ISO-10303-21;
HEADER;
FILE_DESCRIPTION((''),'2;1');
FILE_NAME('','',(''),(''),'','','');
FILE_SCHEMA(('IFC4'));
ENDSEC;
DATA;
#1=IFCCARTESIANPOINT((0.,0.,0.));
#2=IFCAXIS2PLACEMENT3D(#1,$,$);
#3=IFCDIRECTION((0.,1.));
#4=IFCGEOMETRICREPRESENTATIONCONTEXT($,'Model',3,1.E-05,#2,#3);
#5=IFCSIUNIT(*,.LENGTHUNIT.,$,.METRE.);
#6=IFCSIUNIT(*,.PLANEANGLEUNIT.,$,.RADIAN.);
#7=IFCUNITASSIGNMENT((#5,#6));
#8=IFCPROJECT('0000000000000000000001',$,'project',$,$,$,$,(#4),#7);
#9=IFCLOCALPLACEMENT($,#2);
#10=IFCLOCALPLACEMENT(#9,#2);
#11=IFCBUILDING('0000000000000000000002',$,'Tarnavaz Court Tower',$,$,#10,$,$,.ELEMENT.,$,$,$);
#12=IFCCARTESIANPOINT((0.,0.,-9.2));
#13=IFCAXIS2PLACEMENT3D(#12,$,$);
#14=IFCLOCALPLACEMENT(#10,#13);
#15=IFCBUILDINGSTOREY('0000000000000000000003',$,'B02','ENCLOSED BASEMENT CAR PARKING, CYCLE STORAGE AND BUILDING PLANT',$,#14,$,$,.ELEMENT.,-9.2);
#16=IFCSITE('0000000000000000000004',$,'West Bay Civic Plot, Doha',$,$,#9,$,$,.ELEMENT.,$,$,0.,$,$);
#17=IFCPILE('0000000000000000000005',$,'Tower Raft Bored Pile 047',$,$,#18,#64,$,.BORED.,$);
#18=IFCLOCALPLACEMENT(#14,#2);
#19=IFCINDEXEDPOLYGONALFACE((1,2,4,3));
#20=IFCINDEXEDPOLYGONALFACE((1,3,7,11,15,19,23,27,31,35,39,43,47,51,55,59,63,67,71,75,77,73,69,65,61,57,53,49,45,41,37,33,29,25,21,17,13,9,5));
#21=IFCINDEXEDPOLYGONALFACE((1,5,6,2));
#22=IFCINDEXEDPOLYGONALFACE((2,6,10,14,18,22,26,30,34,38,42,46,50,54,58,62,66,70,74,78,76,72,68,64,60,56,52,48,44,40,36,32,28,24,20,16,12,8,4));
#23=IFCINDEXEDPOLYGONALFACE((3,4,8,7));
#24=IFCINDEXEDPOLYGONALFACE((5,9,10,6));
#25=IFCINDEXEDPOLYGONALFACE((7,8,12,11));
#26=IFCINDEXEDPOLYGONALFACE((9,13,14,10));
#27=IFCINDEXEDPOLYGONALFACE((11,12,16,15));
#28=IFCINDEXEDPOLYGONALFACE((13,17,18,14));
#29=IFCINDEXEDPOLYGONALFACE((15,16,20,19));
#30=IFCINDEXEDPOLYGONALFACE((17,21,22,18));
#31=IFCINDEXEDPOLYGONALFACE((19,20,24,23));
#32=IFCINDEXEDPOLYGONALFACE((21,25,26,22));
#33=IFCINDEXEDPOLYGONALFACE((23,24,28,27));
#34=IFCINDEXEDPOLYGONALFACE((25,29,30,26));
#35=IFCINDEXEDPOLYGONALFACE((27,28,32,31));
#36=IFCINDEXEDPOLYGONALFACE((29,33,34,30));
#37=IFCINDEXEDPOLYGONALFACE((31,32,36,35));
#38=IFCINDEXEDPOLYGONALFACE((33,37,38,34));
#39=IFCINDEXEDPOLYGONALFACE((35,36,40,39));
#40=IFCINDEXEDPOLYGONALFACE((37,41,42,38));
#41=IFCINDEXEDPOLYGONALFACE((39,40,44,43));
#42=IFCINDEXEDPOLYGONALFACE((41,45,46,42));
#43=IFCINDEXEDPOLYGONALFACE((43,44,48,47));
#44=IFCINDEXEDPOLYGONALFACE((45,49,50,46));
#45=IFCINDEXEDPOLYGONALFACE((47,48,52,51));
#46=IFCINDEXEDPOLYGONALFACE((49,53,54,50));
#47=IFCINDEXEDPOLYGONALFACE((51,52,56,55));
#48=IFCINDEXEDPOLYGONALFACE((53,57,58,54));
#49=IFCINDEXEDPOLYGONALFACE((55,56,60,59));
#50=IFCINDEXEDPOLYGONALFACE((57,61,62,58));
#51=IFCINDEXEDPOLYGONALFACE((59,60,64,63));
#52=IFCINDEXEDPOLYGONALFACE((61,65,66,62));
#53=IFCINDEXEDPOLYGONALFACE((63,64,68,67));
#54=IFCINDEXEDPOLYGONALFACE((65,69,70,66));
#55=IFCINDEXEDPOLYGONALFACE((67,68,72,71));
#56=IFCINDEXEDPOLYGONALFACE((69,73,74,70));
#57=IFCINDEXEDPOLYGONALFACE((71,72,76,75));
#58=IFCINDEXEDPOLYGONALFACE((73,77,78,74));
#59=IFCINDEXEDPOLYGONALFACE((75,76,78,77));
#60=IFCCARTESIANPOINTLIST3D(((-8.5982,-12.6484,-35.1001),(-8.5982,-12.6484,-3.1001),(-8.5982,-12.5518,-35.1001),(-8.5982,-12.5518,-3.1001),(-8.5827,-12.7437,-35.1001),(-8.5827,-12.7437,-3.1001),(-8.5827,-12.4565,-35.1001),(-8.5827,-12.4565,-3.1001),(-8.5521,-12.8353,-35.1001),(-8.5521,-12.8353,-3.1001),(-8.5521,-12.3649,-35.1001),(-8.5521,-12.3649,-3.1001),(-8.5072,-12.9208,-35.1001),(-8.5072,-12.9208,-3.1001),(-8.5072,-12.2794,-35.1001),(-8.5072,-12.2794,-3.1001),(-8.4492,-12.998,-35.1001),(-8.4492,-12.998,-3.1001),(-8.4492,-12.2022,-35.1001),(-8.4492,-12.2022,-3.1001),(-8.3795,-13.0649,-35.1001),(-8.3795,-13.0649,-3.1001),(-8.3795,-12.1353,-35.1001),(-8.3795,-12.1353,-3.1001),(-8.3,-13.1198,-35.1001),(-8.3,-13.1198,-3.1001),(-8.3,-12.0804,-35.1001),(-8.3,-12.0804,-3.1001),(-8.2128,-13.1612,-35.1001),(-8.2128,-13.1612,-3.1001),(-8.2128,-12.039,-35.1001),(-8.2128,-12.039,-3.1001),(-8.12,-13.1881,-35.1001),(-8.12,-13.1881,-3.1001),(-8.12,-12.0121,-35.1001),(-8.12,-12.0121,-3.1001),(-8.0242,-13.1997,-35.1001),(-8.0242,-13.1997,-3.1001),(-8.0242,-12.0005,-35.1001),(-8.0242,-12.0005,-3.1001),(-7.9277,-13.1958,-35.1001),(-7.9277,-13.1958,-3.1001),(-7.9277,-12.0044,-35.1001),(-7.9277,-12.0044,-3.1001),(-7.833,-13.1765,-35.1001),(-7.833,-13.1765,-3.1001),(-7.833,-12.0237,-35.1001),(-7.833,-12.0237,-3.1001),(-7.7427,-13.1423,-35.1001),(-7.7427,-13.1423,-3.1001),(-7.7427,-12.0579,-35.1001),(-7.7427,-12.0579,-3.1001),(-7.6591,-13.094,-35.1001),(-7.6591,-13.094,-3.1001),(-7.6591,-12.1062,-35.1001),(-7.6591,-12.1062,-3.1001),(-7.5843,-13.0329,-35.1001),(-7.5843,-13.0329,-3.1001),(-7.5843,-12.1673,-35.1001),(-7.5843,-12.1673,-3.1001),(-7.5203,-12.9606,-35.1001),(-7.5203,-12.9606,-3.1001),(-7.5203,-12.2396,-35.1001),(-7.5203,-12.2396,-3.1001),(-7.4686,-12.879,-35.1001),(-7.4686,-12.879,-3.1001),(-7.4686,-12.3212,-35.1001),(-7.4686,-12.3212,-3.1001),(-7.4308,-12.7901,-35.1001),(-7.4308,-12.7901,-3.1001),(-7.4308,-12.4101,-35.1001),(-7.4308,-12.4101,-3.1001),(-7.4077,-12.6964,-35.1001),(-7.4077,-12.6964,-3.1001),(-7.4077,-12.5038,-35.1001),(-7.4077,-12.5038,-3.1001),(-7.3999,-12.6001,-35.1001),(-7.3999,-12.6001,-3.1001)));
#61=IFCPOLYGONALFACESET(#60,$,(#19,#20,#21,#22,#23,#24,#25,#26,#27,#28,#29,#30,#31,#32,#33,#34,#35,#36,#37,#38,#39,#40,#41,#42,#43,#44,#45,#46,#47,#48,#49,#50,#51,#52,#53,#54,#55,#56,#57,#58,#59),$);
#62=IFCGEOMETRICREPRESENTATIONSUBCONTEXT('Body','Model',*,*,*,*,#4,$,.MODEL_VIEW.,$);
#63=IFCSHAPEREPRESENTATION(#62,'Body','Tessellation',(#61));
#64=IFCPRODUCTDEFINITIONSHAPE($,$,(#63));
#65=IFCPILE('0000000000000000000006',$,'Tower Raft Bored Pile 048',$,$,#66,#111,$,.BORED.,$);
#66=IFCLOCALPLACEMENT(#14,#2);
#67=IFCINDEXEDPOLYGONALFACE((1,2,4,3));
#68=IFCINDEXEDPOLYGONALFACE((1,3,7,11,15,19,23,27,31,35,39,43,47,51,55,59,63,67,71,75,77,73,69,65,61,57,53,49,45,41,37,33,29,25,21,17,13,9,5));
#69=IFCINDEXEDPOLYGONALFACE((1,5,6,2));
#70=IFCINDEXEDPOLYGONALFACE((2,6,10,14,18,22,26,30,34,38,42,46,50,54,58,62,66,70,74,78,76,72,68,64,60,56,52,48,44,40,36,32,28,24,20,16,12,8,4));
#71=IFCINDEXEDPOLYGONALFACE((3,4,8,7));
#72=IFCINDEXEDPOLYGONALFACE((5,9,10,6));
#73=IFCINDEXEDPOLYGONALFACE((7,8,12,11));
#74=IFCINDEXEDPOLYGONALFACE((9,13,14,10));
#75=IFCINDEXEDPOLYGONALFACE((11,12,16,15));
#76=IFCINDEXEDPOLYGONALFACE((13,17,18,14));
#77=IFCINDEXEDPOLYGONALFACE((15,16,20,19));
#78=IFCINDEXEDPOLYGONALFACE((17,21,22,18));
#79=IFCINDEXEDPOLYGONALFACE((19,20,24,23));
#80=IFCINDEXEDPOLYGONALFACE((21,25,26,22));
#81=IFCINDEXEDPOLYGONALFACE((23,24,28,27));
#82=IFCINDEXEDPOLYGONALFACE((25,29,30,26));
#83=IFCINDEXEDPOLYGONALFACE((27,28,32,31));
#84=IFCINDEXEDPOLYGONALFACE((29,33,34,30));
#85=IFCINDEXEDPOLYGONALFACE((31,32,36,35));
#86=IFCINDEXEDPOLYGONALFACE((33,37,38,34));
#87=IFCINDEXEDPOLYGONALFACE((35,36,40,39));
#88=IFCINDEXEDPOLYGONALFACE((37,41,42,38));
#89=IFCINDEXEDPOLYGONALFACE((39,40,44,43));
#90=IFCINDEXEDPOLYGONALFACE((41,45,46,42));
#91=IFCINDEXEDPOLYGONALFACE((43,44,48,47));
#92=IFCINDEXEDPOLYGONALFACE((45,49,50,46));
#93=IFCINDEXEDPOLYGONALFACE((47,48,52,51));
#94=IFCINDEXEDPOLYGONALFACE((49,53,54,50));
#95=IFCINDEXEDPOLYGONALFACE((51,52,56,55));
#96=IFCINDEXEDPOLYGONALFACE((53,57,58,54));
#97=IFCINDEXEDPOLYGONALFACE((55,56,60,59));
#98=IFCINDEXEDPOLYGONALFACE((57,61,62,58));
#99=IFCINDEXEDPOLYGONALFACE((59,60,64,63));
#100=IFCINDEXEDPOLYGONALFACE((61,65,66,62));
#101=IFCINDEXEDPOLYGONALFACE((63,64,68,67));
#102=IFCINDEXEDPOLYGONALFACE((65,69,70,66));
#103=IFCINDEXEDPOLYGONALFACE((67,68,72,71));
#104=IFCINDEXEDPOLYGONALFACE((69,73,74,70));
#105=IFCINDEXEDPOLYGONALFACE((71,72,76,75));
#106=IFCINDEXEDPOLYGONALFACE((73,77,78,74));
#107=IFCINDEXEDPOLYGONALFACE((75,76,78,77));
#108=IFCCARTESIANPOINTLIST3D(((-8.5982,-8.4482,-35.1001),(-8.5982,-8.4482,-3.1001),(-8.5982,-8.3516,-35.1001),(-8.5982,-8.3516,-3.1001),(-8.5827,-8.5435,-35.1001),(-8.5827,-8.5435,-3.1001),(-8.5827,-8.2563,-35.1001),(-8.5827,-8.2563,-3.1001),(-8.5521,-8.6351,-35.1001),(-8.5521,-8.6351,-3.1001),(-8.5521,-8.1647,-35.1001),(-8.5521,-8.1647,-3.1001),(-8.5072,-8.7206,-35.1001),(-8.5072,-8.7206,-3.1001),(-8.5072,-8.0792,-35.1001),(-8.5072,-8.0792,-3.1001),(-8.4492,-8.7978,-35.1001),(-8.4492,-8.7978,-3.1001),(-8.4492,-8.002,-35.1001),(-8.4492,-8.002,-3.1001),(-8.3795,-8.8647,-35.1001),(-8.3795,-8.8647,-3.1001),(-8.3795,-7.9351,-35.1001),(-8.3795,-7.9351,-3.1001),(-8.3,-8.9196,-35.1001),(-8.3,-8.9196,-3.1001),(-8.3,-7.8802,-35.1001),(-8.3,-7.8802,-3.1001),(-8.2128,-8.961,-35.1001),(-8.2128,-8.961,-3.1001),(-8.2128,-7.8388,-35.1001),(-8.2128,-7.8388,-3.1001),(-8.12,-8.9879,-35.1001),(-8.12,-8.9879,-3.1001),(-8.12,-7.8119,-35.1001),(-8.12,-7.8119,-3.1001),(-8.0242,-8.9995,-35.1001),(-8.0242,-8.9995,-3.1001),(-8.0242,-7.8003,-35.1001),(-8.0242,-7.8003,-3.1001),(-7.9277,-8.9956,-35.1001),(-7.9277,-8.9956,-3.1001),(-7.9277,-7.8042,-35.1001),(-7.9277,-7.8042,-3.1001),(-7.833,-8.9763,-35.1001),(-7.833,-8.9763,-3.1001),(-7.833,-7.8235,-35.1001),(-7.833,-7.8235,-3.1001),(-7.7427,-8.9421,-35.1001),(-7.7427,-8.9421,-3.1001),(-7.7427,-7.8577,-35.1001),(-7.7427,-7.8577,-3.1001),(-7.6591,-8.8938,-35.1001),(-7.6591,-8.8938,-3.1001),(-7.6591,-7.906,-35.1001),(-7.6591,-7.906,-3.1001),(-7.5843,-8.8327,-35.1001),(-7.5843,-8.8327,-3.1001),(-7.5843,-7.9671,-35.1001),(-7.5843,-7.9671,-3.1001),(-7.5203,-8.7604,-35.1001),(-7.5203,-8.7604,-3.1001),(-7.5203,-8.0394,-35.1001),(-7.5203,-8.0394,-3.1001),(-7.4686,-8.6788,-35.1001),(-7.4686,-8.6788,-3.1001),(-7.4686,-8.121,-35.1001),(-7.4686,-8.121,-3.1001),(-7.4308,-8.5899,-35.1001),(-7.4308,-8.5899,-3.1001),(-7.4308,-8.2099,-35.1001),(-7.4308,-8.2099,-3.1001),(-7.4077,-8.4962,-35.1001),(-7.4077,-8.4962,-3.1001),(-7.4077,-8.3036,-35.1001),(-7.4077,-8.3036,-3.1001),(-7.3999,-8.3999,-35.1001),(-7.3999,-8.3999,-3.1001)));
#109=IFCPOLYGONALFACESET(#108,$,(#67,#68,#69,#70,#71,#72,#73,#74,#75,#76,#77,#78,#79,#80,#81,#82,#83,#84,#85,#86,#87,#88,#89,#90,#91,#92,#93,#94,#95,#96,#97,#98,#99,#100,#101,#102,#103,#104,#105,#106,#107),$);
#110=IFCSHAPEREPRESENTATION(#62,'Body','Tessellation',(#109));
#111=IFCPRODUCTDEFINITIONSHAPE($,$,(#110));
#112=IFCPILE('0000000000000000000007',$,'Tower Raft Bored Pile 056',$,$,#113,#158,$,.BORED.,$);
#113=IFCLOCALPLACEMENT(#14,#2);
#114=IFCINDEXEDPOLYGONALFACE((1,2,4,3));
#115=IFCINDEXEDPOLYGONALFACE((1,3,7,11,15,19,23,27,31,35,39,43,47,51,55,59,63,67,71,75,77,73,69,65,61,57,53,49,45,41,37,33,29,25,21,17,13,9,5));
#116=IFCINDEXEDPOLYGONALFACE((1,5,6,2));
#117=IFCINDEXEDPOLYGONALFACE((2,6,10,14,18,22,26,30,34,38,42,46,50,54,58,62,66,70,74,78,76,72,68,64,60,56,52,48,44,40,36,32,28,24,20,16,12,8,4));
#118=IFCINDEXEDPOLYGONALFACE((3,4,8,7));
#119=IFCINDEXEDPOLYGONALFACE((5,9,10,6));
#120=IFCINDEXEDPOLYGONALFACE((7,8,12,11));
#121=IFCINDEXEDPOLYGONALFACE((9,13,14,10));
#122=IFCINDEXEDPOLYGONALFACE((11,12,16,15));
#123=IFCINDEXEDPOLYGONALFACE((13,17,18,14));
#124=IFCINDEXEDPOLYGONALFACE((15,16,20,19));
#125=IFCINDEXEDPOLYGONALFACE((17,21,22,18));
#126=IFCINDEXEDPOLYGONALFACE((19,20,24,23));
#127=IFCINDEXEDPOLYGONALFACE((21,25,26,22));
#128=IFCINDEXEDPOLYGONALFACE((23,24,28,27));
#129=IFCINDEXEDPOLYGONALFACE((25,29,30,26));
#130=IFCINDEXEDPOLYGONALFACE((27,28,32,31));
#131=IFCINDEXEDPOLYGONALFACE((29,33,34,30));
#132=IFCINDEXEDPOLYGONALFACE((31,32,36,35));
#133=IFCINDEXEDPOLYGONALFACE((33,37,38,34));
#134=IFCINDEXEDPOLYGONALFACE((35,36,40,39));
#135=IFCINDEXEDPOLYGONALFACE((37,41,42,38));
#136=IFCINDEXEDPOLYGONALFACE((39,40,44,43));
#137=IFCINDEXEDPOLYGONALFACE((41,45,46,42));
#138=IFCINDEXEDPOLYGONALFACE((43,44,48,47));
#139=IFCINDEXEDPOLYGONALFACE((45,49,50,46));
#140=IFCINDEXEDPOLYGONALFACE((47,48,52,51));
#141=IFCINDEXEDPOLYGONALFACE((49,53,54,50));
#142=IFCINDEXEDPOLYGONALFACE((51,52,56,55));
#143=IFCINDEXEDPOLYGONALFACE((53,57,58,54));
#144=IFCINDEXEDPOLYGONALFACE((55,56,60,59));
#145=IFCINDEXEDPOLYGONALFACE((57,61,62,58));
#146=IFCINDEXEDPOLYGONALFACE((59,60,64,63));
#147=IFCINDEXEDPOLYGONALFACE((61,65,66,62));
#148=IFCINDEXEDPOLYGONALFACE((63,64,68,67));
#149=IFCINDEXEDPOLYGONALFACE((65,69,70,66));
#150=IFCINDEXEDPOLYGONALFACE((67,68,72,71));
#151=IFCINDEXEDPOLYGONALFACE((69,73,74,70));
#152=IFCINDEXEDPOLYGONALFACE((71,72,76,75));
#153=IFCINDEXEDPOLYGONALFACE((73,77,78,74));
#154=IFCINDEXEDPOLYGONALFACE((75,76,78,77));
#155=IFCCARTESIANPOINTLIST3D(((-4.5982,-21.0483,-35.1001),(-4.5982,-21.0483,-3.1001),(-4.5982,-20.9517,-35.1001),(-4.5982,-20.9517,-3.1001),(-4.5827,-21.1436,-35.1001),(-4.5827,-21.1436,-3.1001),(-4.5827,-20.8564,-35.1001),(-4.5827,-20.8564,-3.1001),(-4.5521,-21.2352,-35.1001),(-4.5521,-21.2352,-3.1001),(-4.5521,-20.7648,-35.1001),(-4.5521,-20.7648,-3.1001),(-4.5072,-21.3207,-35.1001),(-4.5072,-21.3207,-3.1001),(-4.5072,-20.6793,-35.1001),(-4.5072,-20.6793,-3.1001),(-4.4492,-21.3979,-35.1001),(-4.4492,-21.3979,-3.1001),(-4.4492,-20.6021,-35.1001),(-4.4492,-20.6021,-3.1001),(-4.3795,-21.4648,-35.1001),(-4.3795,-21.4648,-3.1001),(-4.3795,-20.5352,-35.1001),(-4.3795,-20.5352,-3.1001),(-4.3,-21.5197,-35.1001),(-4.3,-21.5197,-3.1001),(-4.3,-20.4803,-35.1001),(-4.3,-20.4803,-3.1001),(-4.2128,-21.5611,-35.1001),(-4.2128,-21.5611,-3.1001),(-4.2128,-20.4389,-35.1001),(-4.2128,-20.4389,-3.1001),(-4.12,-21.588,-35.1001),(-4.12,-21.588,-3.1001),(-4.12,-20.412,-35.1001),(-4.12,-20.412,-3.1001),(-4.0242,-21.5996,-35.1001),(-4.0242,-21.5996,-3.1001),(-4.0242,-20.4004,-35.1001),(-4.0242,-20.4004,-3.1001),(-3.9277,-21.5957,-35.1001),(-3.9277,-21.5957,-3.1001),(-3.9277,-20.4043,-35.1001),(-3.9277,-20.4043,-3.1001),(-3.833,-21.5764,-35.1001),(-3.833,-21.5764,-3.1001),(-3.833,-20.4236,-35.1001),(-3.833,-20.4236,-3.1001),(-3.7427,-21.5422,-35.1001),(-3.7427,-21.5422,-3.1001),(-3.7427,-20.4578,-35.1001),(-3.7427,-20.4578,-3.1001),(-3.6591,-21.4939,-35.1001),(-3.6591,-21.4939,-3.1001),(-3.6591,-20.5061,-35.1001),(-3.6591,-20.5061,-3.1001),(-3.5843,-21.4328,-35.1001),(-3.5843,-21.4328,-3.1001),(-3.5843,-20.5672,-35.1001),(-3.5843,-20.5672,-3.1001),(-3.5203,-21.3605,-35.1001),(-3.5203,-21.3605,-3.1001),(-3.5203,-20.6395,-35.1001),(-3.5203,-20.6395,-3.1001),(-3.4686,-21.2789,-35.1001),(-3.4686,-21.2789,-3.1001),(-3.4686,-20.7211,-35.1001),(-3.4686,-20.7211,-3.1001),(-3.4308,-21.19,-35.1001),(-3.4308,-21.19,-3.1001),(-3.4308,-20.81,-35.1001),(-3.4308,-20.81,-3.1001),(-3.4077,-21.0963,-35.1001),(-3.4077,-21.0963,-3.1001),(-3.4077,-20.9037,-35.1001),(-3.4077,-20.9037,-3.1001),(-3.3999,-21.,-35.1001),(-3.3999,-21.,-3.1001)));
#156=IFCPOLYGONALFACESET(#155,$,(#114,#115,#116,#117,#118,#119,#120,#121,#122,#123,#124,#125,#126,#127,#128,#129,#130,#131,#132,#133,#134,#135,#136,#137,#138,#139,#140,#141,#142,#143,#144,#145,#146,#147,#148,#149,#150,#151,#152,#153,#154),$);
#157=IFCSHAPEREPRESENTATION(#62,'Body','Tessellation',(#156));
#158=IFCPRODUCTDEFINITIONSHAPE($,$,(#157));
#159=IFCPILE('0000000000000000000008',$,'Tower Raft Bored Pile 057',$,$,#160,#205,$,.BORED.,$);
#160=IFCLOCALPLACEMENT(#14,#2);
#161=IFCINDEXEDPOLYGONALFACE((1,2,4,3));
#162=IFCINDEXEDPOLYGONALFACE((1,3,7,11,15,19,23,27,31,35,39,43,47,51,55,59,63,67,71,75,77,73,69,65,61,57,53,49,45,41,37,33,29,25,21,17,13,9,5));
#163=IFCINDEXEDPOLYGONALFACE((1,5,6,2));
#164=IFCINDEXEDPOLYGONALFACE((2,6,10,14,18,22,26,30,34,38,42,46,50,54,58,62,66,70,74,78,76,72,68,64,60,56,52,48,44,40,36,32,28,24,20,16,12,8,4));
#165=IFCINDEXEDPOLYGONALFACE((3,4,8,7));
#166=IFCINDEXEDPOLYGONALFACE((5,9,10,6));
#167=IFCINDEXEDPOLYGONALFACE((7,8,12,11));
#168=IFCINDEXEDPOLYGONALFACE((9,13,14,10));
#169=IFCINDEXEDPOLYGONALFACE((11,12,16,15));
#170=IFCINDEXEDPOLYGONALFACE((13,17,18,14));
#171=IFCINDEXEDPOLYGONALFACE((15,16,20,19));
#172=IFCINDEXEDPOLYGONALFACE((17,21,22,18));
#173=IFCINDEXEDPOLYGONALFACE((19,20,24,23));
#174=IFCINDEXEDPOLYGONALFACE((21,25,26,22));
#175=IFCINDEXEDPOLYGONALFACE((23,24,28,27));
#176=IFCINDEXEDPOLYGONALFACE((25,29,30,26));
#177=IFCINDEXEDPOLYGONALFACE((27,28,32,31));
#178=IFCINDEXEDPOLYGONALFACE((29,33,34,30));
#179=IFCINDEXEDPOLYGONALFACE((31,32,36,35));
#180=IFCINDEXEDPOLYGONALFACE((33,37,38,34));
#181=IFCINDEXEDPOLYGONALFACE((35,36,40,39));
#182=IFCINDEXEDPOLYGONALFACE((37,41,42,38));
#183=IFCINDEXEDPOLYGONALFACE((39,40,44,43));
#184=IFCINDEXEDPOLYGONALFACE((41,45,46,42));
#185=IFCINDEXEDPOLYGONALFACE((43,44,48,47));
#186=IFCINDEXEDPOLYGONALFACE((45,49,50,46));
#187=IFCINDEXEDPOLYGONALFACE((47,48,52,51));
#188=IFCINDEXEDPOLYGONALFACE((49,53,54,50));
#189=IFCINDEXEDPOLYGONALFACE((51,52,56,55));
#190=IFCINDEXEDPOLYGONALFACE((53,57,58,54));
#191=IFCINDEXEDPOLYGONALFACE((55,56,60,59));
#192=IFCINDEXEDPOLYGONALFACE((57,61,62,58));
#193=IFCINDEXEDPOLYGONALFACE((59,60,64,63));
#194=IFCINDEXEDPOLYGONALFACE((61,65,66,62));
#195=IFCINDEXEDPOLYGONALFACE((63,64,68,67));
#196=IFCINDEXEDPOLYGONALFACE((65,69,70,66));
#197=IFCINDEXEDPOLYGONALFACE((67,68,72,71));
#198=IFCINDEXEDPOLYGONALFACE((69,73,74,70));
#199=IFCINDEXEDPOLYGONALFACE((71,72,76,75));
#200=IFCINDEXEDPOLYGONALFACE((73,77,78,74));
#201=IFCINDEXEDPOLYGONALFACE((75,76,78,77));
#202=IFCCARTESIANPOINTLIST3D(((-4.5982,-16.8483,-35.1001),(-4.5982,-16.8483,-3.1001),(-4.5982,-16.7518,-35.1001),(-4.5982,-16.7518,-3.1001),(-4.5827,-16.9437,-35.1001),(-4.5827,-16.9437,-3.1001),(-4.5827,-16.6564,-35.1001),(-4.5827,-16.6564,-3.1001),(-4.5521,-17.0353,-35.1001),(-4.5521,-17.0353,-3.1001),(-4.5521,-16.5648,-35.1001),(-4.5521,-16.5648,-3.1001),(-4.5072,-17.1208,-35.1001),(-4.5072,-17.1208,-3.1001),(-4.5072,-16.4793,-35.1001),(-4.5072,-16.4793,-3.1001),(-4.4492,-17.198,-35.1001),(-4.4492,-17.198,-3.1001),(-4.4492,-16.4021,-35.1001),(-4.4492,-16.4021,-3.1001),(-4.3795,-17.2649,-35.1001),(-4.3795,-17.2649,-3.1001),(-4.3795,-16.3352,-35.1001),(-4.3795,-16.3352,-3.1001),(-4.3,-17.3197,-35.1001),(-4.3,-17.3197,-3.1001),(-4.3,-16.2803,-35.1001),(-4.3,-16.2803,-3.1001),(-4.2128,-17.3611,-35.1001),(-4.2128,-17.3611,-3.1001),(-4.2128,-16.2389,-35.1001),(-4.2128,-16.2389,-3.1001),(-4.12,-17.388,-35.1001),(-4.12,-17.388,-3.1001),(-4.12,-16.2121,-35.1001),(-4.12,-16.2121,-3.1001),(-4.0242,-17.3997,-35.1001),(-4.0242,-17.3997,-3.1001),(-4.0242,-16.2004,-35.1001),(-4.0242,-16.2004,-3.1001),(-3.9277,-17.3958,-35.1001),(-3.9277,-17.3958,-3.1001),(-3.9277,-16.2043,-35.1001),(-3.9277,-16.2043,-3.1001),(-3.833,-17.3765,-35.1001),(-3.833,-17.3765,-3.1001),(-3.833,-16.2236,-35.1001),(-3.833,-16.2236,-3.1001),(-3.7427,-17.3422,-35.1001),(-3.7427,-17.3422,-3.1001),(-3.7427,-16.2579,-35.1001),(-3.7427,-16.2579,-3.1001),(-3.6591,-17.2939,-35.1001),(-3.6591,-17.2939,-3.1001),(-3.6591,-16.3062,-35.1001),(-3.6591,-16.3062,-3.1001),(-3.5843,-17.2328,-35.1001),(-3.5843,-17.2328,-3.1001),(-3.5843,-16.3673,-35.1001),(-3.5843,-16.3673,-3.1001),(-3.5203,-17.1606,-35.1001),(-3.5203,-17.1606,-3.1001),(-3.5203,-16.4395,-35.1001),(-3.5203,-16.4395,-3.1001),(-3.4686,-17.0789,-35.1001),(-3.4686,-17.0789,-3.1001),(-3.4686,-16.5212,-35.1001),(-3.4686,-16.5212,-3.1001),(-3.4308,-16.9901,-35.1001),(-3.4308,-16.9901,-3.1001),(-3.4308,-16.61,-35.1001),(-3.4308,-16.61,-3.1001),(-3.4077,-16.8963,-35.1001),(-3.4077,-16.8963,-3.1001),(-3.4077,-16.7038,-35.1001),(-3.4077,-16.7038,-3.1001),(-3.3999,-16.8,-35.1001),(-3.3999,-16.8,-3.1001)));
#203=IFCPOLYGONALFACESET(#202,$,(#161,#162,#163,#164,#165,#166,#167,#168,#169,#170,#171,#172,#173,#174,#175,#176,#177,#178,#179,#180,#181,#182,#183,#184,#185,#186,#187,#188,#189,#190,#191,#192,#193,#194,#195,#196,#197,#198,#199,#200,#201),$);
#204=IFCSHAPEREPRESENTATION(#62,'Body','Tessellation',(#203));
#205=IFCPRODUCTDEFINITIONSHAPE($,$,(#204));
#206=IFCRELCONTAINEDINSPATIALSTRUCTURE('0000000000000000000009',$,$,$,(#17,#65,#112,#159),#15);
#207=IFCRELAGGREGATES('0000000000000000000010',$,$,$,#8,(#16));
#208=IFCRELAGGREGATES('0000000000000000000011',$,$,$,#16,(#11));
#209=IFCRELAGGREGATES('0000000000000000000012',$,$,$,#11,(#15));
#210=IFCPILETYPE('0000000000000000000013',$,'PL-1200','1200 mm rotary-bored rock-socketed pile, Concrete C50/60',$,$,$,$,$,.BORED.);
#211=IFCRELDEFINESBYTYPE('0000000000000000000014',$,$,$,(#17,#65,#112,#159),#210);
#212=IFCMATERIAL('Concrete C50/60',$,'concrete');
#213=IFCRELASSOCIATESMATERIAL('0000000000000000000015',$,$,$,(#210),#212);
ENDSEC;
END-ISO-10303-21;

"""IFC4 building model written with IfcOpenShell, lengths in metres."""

from ifc_helpers import new_model, si_unit, direction, frame, origin, origin_2d, place, context, subcontext, project, spatial, circle, extrude, material, material_profile, profile_set, type_object, element, save


model = new_model("IFC4")

# Units and contexts
model_context = context("Model", 3, precision=1e-05, world=origin(), true_north=direction((0.0, 1.0)))
body_context = subcontext(model_context, "Body", "Model", "MODEL_VIEW")
ifc_project = project(units=[si_unit("LENGTHUNIT", "METRE"), si_unit("PLANEANGLEUNIT", "RADIAN")], contexts=[model_context])

# Site, building, storey
site_placement = place(None, origin())
site = spatial("IfcSite", under=ifc_project, at=site_placement, Name="West Bay Civic Plot, Doha", CompositionType="ELEMENT", RefElevation=0.0)
building_placement = place(site_placement, origin())
building = spatial("IfcBuilding", under=site, at=building_placement, Name="Tarnavaz Court Tower", CompositionType="ELEMENT")
storey_placement = place(building_placement, frame((0.0, 0.0, -9.2)))
storey = spatial("IfcBuildingStorey", under=building, at=storey_placement, Name="B02", Description="ENCLOSED BASEMENT CAR PARKING, CYCLE STORAGE AND BUILDING PLANT", CompositionType="ELEMENT", Elevation=-9.2)

# Shared definitions
ifc_material_1 = material(Name="Concrete C50/60", Category="concrete")

# Piles
ifc_material_profile_1 = material_profile(ifc_material_1, circle(Radius=0.6001, at=origin_2d()), Name="PILE D1200")
ifc_profile_set_1 = profile_set([ifc_material_profile_1], Name="Concrete C50/60")
pile_type_1 = type_object("IfcPileType", Name="PL-1200", Description="1200 mm rotary-bored rock-socketed pile, Concrete C50/60", PredefinedType="BORED", material=ifc_profile_set_1)
for number, where, z_axis, x_axis, name in (
    (1, (-8.0, -12.6001, -3.1001), (0.0, 0.0, -1.0), (1.0, 0.0, 0.0), "Tower Raft Bored Pile 047"),
    (2, (-8.0, -8.3999, -3.1001), (0.0, 0.0, -1.0), (1.0, 0.0, 0.0), "Tower Raft Bored Pile 048"),
    (3, (-4.0, -21.0, -3.1001), (0.0, 0.0, -1.0), (1.0, 0.0, 0.0), "Tower Raft Bored Pile 056"),
    (4, (-4.0, -16.8, -3.1001), (0.0, 0.0, -1.0), (1.0, 0.0, 0.0), "Tower Raft Bored Pile 057"),
):
    element("IfcPile", number, at=place(storey_placement, frame(where, z_axis=z_axis, x_axis=x_axis)), inside=storey, type_object=pile_type_1, Name=name, PredefinedType="BORED", context=body_context, shape_type="SweptSolid", body=[
        extrude(circle(Radius=0.6001, at=origin_2d()), origin(), (0.0, 0.0, 1.0), 32.0),
    ])

save(model, "model.ifc")
